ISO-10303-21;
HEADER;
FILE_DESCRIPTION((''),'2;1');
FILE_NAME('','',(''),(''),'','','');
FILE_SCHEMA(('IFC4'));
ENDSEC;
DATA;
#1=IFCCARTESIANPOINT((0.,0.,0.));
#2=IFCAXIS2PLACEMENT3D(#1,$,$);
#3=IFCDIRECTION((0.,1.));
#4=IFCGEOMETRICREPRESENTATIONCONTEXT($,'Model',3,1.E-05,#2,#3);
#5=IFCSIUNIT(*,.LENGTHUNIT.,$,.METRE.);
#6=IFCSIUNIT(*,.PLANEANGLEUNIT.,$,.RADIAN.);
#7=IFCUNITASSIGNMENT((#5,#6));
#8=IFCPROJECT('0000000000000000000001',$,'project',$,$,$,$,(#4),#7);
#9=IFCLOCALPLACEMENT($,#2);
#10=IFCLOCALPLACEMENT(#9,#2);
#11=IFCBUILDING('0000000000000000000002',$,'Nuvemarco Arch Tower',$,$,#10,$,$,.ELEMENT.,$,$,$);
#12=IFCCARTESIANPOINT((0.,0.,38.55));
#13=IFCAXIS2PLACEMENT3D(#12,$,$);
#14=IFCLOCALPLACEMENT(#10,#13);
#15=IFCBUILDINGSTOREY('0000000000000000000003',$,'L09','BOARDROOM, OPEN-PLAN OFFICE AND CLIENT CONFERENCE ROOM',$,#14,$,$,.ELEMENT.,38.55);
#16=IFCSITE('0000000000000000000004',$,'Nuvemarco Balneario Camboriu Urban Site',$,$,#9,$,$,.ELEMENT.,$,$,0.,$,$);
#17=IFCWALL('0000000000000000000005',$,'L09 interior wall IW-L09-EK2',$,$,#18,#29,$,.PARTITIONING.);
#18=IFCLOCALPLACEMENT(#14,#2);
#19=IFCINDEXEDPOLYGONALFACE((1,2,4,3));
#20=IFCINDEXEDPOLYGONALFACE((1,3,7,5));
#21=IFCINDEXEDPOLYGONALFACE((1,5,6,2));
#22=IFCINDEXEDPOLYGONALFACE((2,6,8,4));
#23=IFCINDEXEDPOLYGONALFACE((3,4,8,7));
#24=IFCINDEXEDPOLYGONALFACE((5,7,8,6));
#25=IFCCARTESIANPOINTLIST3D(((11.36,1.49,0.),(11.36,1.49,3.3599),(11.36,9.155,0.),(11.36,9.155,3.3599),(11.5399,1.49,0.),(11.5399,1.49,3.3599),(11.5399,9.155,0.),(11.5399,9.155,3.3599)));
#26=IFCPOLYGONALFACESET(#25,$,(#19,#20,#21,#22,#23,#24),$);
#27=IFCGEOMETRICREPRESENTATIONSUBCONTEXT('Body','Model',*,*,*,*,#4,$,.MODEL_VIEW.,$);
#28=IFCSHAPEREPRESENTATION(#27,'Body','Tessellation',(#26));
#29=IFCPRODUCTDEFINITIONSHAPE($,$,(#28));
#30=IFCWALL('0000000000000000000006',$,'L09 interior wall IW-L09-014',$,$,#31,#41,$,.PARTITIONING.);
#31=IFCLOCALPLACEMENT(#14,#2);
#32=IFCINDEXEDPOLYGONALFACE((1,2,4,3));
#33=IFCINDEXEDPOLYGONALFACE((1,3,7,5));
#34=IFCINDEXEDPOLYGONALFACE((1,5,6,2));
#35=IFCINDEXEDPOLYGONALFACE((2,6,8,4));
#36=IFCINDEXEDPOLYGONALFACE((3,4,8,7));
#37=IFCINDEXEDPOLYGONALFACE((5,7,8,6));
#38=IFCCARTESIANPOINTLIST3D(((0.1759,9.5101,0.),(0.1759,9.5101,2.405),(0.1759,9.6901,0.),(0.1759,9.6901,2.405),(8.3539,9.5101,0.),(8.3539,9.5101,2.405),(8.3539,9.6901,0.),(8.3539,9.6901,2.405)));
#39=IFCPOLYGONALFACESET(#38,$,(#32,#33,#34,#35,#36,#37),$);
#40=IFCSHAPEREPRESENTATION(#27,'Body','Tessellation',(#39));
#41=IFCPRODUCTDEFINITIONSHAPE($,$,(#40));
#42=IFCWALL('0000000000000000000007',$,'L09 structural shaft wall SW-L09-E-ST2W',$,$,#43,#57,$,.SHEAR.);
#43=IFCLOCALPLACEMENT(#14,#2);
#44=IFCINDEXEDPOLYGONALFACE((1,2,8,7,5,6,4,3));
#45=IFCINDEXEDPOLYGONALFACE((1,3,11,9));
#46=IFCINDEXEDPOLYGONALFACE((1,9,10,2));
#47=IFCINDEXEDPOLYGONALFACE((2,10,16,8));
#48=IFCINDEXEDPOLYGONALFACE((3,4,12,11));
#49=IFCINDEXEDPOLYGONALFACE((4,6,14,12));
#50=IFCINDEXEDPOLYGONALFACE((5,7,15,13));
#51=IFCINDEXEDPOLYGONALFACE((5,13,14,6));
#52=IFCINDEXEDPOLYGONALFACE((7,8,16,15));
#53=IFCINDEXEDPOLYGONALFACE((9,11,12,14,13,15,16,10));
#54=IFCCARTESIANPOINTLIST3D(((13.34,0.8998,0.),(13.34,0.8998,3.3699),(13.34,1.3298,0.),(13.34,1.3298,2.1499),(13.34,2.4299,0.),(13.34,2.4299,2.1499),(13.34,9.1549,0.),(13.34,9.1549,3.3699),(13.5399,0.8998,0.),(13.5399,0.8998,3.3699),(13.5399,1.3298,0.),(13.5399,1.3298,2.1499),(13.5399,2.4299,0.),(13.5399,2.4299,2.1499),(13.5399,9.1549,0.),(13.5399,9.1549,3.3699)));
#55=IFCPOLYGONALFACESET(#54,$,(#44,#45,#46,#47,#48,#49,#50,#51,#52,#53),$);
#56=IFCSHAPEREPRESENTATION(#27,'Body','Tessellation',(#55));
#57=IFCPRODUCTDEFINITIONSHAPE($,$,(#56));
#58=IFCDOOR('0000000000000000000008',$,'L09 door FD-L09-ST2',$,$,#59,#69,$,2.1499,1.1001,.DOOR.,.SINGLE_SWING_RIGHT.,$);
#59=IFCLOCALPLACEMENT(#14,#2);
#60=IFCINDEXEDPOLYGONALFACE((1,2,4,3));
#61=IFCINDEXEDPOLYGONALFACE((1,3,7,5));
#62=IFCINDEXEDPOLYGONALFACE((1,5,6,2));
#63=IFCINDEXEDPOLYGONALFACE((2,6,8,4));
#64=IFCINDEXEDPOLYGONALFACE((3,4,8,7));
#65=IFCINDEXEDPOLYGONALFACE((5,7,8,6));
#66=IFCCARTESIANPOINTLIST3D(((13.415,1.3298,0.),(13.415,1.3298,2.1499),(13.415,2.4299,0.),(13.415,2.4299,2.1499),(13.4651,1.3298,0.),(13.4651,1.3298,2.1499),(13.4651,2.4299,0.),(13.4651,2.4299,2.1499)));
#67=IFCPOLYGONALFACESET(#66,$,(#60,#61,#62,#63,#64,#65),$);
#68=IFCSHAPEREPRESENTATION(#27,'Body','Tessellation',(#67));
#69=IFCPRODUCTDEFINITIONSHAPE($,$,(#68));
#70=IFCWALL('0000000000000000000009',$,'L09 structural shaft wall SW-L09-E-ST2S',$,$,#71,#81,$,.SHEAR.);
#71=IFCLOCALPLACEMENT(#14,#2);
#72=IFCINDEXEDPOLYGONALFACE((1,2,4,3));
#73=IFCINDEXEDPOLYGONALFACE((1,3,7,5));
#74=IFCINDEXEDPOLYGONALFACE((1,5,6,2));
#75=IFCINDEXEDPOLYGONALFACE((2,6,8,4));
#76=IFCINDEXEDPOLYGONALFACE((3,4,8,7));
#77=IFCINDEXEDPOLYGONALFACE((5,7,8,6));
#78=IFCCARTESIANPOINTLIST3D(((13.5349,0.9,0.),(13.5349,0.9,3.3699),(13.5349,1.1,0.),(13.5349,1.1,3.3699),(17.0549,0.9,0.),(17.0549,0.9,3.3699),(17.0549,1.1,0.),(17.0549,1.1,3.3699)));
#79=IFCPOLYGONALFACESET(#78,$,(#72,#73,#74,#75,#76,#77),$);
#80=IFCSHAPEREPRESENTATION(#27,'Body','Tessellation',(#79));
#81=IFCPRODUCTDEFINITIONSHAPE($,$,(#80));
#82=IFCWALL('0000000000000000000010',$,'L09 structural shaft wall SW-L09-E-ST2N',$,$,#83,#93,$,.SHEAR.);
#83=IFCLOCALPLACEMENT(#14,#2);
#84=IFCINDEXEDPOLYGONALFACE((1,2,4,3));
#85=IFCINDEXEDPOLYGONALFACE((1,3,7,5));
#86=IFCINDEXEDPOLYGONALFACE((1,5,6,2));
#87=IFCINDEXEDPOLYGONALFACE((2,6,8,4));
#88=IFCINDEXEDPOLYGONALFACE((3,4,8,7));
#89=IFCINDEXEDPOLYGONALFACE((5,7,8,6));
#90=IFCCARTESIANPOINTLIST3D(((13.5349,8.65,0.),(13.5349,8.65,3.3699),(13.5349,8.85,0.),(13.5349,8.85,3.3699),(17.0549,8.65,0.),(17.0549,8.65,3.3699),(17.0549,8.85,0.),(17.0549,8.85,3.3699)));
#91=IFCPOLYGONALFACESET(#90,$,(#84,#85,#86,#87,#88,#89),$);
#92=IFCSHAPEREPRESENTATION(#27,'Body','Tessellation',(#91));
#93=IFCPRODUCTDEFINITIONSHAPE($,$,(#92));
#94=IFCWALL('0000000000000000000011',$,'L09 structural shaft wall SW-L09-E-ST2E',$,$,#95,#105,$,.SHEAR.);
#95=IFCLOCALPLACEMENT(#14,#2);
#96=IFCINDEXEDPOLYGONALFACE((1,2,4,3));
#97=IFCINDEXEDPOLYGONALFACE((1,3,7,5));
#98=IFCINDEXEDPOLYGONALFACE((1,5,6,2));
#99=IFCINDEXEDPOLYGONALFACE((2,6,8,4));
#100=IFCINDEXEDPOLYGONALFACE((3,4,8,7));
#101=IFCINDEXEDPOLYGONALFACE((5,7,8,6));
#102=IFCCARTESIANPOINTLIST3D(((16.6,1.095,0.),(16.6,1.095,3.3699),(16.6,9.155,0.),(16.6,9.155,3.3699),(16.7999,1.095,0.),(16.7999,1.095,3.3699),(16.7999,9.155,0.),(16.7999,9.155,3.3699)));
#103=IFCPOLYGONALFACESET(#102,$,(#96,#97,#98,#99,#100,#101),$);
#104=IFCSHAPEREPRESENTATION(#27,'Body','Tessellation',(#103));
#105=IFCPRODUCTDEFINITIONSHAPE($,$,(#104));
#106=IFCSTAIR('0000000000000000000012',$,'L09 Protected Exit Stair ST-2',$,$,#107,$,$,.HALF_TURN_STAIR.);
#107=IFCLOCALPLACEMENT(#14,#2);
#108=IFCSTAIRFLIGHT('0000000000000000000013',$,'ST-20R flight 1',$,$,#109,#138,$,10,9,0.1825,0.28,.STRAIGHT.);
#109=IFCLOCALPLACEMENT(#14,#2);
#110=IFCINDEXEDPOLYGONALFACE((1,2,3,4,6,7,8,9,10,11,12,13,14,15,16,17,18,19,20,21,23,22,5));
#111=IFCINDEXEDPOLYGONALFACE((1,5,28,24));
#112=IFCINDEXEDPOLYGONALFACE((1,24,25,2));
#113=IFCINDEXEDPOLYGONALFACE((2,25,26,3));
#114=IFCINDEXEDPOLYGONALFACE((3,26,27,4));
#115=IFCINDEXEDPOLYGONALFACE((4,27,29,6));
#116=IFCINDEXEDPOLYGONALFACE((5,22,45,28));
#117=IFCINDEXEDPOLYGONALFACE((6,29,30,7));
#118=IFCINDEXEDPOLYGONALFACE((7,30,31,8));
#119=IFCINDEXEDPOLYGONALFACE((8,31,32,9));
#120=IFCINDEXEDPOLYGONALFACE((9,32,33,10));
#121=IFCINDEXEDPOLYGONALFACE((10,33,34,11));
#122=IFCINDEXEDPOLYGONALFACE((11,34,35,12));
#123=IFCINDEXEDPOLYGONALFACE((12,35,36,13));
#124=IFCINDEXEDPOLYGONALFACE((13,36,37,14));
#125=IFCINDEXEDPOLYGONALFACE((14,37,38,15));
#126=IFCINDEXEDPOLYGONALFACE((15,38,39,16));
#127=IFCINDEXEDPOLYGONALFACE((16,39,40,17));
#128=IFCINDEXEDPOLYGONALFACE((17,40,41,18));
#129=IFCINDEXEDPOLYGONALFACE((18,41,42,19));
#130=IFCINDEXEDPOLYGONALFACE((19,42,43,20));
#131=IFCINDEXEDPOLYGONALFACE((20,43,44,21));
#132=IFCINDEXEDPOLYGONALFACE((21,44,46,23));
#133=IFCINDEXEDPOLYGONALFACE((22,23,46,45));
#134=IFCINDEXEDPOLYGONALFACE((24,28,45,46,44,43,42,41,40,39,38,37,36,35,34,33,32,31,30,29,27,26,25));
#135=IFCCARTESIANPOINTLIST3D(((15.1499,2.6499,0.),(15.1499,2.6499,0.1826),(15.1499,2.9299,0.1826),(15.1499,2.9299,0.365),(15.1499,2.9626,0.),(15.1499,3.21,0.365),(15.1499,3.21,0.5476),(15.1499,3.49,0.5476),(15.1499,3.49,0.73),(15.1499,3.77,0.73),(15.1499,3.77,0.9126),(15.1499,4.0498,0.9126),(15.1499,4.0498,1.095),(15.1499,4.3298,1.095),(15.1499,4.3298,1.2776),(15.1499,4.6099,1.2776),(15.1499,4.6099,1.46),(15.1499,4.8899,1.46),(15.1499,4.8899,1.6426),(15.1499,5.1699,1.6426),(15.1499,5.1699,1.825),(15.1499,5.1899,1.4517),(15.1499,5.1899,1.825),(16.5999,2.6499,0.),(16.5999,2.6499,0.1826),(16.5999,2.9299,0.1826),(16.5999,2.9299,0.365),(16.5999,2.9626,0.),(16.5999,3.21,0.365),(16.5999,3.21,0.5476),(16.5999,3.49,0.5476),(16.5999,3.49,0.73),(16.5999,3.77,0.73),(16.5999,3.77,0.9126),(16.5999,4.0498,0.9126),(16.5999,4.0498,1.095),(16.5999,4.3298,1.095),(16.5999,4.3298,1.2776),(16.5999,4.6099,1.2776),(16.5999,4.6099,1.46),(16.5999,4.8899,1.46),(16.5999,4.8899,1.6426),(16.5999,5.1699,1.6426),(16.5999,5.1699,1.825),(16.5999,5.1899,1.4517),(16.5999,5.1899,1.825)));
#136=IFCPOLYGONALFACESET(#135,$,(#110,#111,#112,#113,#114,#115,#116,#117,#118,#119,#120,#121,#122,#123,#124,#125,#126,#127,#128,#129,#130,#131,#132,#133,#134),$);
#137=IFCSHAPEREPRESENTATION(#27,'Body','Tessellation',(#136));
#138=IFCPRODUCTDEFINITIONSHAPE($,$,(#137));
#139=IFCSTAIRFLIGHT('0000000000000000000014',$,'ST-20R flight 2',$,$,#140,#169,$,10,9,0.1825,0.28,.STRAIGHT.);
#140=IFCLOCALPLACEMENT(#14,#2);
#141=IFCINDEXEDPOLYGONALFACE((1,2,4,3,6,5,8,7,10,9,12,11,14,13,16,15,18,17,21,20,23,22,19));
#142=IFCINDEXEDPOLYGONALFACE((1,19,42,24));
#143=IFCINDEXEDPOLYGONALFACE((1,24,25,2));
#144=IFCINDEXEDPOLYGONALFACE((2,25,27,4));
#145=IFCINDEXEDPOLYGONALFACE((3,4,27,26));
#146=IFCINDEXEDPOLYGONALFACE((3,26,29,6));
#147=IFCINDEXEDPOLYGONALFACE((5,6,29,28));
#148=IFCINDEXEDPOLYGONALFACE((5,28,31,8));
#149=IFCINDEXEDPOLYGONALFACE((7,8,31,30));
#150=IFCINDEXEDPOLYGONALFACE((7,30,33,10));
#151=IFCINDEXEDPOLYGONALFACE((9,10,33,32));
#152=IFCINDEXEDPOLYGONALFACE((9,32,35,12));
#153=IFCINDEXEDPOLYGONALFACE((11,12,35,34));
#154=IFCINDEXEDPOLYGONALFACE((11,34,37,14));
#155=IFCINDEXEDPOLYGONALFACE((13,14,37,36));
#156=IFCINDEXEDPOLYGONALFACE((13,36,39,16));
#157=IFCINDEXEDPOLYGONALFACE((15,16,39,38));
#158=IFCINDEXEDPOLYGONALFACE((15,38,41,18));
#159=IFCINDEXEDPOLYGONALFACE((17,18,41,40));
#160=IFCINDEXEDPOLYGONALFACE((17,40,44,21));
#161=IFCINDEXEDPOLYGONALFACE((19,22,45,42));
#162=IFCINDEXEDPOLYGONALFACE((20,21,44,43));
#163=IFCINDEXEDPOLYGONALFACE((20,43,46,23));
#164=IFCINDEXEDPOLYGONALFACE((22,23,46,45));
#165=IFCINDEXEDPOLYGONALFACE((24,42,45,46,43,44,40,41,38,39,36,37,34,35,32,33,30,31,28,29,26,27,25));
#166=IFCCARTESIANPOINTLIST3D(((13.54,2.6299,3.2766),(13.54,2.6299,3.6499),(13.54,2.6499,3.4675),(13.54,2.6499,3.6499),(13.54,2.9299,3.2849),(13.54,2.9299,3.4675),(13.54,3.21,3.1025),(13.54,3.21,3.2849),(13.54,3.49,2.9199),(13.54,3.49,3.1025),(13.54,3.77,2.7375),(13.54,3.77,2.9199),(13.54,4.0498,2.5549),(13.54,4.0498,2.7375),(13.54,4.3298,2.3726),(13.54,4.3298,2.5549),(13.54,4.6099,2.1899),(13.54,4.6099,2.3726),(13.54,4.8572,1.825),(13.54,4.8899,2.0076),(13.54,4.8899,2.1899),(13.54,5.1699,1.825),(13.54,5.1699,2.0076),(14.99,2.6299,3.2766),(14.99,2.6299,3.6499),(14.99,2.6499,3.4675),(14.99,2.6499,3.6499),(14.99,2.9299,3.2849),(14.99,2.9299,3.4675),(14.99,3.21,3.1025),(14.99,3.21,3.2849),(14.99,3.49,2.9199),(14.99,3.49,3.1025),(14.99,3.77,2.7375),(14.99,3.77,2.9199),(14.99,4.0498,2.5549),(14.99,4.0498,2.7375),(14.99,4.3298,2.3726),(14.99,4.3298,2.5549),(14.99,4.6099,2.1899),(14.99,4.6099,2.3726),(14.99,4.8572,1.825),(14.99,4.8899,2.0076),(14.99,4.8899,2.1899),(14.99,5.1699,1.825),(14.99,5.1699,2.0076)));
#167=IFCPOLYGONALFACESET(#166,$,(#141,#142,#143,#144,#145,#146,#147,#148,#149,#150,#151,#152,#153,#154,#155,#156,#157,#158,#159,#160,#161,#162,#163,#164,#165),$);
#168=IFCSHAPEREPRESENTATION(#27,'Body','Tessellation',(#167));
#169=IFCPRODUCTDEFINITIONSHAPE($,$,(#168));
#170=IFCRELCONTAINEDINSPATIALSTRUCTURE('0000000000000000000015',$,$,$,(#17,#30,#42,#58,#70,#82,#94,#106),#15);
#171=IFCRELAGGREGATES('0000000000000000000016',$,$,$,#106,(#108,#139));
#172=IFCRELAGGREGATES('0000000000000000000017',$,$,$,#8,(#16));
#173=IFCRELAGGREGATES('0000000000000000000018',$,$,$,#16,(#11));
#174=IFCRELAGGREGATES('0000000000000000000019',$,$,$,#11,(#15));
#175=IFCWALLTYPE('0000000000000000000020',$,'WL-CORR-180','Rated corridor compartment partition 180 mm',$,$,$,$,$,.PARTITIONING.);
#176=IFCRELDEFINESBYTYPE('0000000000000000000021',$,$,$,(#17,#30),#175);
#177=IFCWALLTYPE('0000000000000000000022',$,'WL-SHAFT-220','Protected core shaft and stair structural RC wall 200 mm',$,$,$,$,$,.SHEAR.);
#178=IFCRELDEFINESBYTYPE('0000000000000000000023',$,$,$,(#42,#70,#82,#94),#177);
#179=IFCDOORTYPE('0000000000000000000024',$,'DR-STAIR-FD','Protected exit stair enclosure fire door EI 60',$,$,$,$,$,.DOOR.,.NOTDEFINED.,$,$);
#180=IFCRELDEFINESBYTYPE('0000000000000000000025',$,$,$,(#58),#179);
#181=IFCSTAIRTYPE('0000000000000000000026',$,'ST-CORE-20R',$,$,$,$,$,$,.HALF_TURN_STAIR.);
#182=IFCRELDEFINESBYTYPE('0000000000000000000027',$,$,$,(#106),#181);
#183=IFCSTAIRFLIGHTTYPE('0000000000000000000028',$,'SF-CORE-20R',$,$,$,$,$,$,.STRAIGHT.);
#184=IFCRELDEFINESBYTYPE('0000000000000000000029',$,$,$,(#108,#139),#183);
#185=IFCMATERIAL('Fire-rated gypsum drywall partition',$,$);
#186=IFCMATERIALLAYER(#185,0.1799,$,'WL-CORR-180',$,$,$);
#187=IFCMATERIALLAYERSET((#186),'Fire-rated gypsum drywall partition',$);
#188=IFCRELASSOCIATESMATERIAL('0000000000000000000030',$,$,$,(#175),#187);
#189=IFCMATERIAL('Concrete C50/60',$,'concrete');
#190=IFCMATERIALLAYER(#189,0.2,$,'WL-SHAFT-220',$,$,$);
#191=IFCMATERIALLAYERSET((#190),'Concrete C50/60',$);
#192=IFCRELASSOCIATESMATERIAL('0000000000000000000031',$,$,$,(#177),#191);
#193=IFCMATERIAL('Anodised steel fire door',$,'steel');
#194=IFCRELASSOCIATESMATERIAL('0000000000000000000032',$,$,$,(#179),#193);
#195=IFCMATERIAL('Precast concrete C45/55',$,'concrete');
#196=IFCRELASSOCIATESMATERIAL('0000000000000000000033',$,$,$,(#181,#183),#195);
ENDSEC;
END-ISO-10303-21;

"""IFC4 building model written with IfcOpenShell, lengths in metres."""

from ifc_helpers import new_model, si_unit, direction, frame, frame_2d, origin, place, context, subcontext, project, spatial, polyline, rectangle, outline, extrude, source, transform, mapped, material, layer, layer_set, type_object, type_shapes, element, fill, aggregate, save


model = new_model("IFC4")

# Units and contexts
model_context = context("Model", 3, precision=1e-05, world=origin(), true_north=direction((0.0, 1.0)))
body_context = subcontext(model_context, "Body", "Model", "MODEL_VIEW")
ifc_project = project(units=[si_unit("LENGTHUNIT", "METRE"), si_unit("PLANEANGLEUNIT", "RADIAN")], contexts=[model_context])

# Site, building, storey
site_placement = place(None, origin())
site = spatial("IfcSite", under=ifc_project, at=site_placement, Name="Nuvemarco Balneario Camboriu Urban Site", CompositionType="ELEMENT", RefElevation=0.0)
building_placement = place(site_placement, origin())
building = spatial("IfcBuilding", under=site, at=building_placement, Name="Nuvemarco Arch Tower", CompositionType="ELEMENT")
storey_placement = place(building_placement, frame((0.0, 0.0, 38.55)))
storey = spatial("IfcBuildingStorey", under=building, at=storey_placement, Name="L09", Description="BOARDROOM, OPEN-PLAN OFFICE AND CLIENT CONFERENCE ROOM", CompositionType="ELEMENT", Elevation=38.55)

# Shared definitions
ifc_material_1 = material(Name="Precast concrete C45/55", Category="concrete")

# Shared definitions
ifc_material_2 = material(Name="Fire-rated gypsum drywall partition")
ifc_layer_1 = layer(ifc_material_2, 0.1799, Name="WL-CORR-180")
ifc_layer_set_1 = layer_set([ifc_layer_1], Name="Fire-rated gypsum drywall partition")
wall_type_1 = type_object("IfcWallType", Name="WL-CORR-180", Description="Rated corridor compartment partition 180 mm", PredefinedType="PARTITIONING", material=ifc_layer_set_1)
ifc_material_3 = material(Name="Anodised steel fire door", Category="steel")

# Walls
wall_1_placement = place(storey_placement, frame((11.45, 1.49, 0.0), z_axis=(0.0, 0.0, 1.0), x_axis=(0.0, 1.0, 0.0)))
element("IfcWall", 1, at=wall_1_placement, inside=storey, type_object=wall_type_1, Name="L09 interior wall IW-L09-EK2", PredefinedType="PARTITIONING", context=body_context, shape_type="SweptSolid", body=[
    extrude(rectangle(XDim=7.665, YDim=0.1799, at=frame_2d((3.8325, 0.0))), origin(), (0.0, 0.0, 1.0), 3.3599),
])
wall_2_placement = place(storey_placement, frame((0.176, 9.6001, 0.0), z_axis=(0.0, 0.0, 1.0), x_axis=(1.0, 0.0, 0.0)))
element("IfcWall", 2, at=wall_2_placement, inside=storey, type_object=wall_type_1, Name="L09 interior wall IW-L09-014", PredefinedType="PARTITIONING", context=body_context, shape_type="SweptSolid", body=[
    extrude(rectangle(XDim=8.178, YDim=0.1799, at=frame_2d((4.0889, 0.0))), origin(), (0.0, 0.0, 1.0), 2.405),
])

# Wall, opening, door
ifc_material_4 = material(Name="Concrete C50/60", Category="concrete")
ifc_layer_2 = layer(ifc_material_4, 0.2, Name="WL-SHAFT-220")
ifc_layer_set_2 = layer_set([ifc_layer_2], Name="Concrete C50/60")
wall_type_2 = type_object("IfcWallType", Name="WL-SHAFT-220", Description="Protected core shaft and stair structural RC wall 200 mm", PredefinedType="SHEAR", material=ifc_layer_set_2)
wall_3_placement = place(storey_placement, frame((13.4399, 0.8999, 0.0), z_axis=(0.0, 0.0, 1.0), x_axis=(0.0, 1.0, 0.0)))
wall_3 = element("IfcWall", 3, at=wall_3_placement, inside=storey, type_object=wall_type_2, Name="L09 structural shaft wall SW-L09-E-ST2W", PredefinedType="SHEAR", context=body_context, shape_type="SweptSolid", body=[
    extrude(rectangle(XDim=8.2551, YDim=0.2, at=frame_2d((4.1274, 0.0))), origin(), (0.0, 0.0, 1.0), 3.3699),
])
opening_1_placement = place(wall_3_placement, frame((0.4299, 0.0, 0.0)))
opening_1 = element("IfcOpeningElement", 4, at=opening_1_placement, cuts=wall_3, PredefinedType="OPENING", context=body_context, shape_type="SweptSolid", body=[
    extrude(rectangle(XDim=1.1001, YDim=2.1499, at=frame_2d((0.55, 1.075))), frame((0.0, 0.1099, 0.0), z_axis=(0.0, -1.0, 0.0), x_axis=(1.0, 0.0, 0.0)), (0.0, 0.0, 1.0), 0.22),
])
door_type_1 = type_object("IfcDoorType", Name="DR-STAIR-FD", Description="Protected exit stair enclosure fire door EI 60", OperationType="NOTDEFINED", PredefinedType="DOOR", material=ifc_material_3)
shared_shape_1 = source(origin(), body_context, "Body", "SweptSolid", [
    extrude(rectangle(XDim=1.1001, YDim=2.1499, at=frame_2d((0.55, 1.075))), frame((0.0, 0.0249, 0.0), z_axis=(0.0, -1.0, 0.0), x_axis=(1.0, 0.0, 0.0)), (0.0, 0.0, 1.0), 0.05),
])
type_shapes(door_type_1, [shared_shape_1])
door_1_placement = place(opening_1_placement, origin())
door_1 = element("IfcDoor", 5, at=door_1_placement, inside=storey, type_object=door_type_1, Name="L09 door FD-L09-ST2", OperationType="SINGLE_SWING_RIGHT", OverallHeight=2.1499, OverallWidth=1.1001, PredefinedType="DOOR", context=body_context, shape_type="MappedRepresentation", body=[
    mapped(shared_shape_1, transform((0.0, 0.0, 0.0), scale=1.0)),
])
fill(opening_1, door_1)

# Walls
for number, where, z_axis, x_axis, name in (
    (6, (13.5349, 1.0, 0.0), (0.0, 0.0, 1.0), (1.0, 0.0, 0.0), "L09 structural shaft wall SW-L09-E-ST2S"),
    (7, (13.5349, 8.75, 0.0), (0.0, 0.0, 1.0), (1.0, 0.0, 0.0), "L09 structural shaft wall SW-L09-E-ST2N"),
):
    element("IfcWall", number, at=place(storey_placement, frame(where, z_axis=z_axis, x_axis=x_axis)), inside=storey, type_object=wall_type_2, Name=name, PredefinedType="SHEAR", context=body_context, shape_type="SweptSolid", body=[
        extrude(rectangle(XDim=3.52, YDim=0.2, at=frame_2d((1.76, 0.0))), origin(), (0.0, 0.0, 1.0), 3.3699),
    ])
wall_4_placement = place(storey_placement, frame((16.7, 1.095, 0.0), z_axis=(0.0, 0.0, 1.0), x_axis=(0.0, 1.0, 0.0)))
element("IfcWall", 8, at=wall_4_placement, inside=storey, type_object=wall_type_2, Name="L09 structural shaft wall SW-L09-E-ST2E", PredefinedType="SHEAR", context=body_context, shape_type="SweptSolid", body=[
    extrude(rectangle(XDim=8.0601, YDim=0.2, at=frame_2d((4.03, 0.0))), origin(), (0.0, 0.0, 1.0), 3.3699),
])

# Stair, stair flights
stair_type = type_object("IfcStairType", Name="ST-CORE-20R", PredefinedType="HALF_TURN_STAIR", material=ifc_material_1)
stair_placement = place(storey_placement, origin())
stair = element("IfcStair", 9, at=stair_placement, inside=storey, type_object=stair_type, Name="L09 Protected Exit Stair ST-2", PredefinedType="HALF_TURN_STAIR")
stair_flight_type = type_object("IfcStairFlightType", Name="SF-CORE-20R", PredefinedType="STRAIGHT", material=ifc_material_1)
stair_flight_1_placement = place(storey_placement, frame((15.875, 2.6499, 0.0), z_axis=(0.0, 0.0, 1.0), x_axis=(0.0, 1.0, 0.0)))
stair_flight_1 = element("IfcStairFlight", 10, at=stair_flight_1_placement, type_object=stair_flight_type, Name="ST-20R flight 1", NumberOfRisers=10, NumberOfTreads=9, PredefinedType="STRAIGHT", RiserHeight=0.1825, TreadLength=0.28, context=body_context, shape_type="SweptSolid", body=[
    extrude(outline(polyline([(0.0, 0.0), (0.0, 0.1826), (0.28, 0.1826), (0.28, 0.365), (0.5601, 0.365), (0.5601, 0.5476), (0.8401, 0.5476), (0.8401, 0.73), (1.1201, 0.73), (1.1201, 0.9126), (1.3999, 0.9126), (1.3999, 1.095), (1.6799, 1.095), (1.6799, 1.2776), (1.96, 1.2776), (1.96, 1.46), (2.24, 1.46), (2.24, 1.6426), (2.52, 1.6426), (2.52, 1.825), (2.54, 1.825), (2.54, 1.4517), (0.3127, 0.0), (0.0, 0.0)])), frame((0.0, 0.7251, 0.0), z_axis=(0.0, -1.0, 0.0), x_axis=(1.0, 0.0, 0.0)), (0.0, 0.0, 1.0), 1.45),
])
stair_flight_2_placement = place(storey_placement, frame((14.2649, 5.1699, 1.825), z_axis=(0.0, 0.0, 1.0), x_axis=(0.0, -1.0, 0.0)))
stair_flight_2 = element("IfcStairFlight", 11, at=stair_flight_2_placement, type_object=stair_flight_type, Name="ST-20R flight 2", NumberOfRisers=10, NumberOfTreads=9, PredefinedType="STRAIGHT", RiserHeight=0.1825, TreadLength=0.28, context=body_context, shape_type="SweptSolid", body=[
    extrude(outline(polyline([(0.0, 0.0), (0.0, 0.1826), (0.28, 0.1826), (0.28, 0.365), (0.5601, 0.365), (0.5601, 0.5476), (0.8401, 0.5476), (0.8401, 0.73), (1.1201, 0.73), (1.1201, 0.9126), (1.3999, 0.9126), (1.3999, 1.095), (1.6799, 1.095), (1.6799, 1.2776), (1.96, 1.2776), (1.96, 1.46), (2.24, 1.46), (2.24, 1.6426), (2.52, 1.6426), (2.52, 1.825), (2.54, 1.825), (2.54, 1.4517), (0.3127, 0.0), (0.0, 0.0)])), frame((0.0, 0.7251, 0.0), z_axis=(0.0, -1.0, 0.0), x_axis=(1.0, 0.0, 0.0)), (0.0, 0.0, 1.0), 1.45),
])
aggregate(stair, [stair_flight_1, stair_flight_2])

save(model, "model.ifc")
